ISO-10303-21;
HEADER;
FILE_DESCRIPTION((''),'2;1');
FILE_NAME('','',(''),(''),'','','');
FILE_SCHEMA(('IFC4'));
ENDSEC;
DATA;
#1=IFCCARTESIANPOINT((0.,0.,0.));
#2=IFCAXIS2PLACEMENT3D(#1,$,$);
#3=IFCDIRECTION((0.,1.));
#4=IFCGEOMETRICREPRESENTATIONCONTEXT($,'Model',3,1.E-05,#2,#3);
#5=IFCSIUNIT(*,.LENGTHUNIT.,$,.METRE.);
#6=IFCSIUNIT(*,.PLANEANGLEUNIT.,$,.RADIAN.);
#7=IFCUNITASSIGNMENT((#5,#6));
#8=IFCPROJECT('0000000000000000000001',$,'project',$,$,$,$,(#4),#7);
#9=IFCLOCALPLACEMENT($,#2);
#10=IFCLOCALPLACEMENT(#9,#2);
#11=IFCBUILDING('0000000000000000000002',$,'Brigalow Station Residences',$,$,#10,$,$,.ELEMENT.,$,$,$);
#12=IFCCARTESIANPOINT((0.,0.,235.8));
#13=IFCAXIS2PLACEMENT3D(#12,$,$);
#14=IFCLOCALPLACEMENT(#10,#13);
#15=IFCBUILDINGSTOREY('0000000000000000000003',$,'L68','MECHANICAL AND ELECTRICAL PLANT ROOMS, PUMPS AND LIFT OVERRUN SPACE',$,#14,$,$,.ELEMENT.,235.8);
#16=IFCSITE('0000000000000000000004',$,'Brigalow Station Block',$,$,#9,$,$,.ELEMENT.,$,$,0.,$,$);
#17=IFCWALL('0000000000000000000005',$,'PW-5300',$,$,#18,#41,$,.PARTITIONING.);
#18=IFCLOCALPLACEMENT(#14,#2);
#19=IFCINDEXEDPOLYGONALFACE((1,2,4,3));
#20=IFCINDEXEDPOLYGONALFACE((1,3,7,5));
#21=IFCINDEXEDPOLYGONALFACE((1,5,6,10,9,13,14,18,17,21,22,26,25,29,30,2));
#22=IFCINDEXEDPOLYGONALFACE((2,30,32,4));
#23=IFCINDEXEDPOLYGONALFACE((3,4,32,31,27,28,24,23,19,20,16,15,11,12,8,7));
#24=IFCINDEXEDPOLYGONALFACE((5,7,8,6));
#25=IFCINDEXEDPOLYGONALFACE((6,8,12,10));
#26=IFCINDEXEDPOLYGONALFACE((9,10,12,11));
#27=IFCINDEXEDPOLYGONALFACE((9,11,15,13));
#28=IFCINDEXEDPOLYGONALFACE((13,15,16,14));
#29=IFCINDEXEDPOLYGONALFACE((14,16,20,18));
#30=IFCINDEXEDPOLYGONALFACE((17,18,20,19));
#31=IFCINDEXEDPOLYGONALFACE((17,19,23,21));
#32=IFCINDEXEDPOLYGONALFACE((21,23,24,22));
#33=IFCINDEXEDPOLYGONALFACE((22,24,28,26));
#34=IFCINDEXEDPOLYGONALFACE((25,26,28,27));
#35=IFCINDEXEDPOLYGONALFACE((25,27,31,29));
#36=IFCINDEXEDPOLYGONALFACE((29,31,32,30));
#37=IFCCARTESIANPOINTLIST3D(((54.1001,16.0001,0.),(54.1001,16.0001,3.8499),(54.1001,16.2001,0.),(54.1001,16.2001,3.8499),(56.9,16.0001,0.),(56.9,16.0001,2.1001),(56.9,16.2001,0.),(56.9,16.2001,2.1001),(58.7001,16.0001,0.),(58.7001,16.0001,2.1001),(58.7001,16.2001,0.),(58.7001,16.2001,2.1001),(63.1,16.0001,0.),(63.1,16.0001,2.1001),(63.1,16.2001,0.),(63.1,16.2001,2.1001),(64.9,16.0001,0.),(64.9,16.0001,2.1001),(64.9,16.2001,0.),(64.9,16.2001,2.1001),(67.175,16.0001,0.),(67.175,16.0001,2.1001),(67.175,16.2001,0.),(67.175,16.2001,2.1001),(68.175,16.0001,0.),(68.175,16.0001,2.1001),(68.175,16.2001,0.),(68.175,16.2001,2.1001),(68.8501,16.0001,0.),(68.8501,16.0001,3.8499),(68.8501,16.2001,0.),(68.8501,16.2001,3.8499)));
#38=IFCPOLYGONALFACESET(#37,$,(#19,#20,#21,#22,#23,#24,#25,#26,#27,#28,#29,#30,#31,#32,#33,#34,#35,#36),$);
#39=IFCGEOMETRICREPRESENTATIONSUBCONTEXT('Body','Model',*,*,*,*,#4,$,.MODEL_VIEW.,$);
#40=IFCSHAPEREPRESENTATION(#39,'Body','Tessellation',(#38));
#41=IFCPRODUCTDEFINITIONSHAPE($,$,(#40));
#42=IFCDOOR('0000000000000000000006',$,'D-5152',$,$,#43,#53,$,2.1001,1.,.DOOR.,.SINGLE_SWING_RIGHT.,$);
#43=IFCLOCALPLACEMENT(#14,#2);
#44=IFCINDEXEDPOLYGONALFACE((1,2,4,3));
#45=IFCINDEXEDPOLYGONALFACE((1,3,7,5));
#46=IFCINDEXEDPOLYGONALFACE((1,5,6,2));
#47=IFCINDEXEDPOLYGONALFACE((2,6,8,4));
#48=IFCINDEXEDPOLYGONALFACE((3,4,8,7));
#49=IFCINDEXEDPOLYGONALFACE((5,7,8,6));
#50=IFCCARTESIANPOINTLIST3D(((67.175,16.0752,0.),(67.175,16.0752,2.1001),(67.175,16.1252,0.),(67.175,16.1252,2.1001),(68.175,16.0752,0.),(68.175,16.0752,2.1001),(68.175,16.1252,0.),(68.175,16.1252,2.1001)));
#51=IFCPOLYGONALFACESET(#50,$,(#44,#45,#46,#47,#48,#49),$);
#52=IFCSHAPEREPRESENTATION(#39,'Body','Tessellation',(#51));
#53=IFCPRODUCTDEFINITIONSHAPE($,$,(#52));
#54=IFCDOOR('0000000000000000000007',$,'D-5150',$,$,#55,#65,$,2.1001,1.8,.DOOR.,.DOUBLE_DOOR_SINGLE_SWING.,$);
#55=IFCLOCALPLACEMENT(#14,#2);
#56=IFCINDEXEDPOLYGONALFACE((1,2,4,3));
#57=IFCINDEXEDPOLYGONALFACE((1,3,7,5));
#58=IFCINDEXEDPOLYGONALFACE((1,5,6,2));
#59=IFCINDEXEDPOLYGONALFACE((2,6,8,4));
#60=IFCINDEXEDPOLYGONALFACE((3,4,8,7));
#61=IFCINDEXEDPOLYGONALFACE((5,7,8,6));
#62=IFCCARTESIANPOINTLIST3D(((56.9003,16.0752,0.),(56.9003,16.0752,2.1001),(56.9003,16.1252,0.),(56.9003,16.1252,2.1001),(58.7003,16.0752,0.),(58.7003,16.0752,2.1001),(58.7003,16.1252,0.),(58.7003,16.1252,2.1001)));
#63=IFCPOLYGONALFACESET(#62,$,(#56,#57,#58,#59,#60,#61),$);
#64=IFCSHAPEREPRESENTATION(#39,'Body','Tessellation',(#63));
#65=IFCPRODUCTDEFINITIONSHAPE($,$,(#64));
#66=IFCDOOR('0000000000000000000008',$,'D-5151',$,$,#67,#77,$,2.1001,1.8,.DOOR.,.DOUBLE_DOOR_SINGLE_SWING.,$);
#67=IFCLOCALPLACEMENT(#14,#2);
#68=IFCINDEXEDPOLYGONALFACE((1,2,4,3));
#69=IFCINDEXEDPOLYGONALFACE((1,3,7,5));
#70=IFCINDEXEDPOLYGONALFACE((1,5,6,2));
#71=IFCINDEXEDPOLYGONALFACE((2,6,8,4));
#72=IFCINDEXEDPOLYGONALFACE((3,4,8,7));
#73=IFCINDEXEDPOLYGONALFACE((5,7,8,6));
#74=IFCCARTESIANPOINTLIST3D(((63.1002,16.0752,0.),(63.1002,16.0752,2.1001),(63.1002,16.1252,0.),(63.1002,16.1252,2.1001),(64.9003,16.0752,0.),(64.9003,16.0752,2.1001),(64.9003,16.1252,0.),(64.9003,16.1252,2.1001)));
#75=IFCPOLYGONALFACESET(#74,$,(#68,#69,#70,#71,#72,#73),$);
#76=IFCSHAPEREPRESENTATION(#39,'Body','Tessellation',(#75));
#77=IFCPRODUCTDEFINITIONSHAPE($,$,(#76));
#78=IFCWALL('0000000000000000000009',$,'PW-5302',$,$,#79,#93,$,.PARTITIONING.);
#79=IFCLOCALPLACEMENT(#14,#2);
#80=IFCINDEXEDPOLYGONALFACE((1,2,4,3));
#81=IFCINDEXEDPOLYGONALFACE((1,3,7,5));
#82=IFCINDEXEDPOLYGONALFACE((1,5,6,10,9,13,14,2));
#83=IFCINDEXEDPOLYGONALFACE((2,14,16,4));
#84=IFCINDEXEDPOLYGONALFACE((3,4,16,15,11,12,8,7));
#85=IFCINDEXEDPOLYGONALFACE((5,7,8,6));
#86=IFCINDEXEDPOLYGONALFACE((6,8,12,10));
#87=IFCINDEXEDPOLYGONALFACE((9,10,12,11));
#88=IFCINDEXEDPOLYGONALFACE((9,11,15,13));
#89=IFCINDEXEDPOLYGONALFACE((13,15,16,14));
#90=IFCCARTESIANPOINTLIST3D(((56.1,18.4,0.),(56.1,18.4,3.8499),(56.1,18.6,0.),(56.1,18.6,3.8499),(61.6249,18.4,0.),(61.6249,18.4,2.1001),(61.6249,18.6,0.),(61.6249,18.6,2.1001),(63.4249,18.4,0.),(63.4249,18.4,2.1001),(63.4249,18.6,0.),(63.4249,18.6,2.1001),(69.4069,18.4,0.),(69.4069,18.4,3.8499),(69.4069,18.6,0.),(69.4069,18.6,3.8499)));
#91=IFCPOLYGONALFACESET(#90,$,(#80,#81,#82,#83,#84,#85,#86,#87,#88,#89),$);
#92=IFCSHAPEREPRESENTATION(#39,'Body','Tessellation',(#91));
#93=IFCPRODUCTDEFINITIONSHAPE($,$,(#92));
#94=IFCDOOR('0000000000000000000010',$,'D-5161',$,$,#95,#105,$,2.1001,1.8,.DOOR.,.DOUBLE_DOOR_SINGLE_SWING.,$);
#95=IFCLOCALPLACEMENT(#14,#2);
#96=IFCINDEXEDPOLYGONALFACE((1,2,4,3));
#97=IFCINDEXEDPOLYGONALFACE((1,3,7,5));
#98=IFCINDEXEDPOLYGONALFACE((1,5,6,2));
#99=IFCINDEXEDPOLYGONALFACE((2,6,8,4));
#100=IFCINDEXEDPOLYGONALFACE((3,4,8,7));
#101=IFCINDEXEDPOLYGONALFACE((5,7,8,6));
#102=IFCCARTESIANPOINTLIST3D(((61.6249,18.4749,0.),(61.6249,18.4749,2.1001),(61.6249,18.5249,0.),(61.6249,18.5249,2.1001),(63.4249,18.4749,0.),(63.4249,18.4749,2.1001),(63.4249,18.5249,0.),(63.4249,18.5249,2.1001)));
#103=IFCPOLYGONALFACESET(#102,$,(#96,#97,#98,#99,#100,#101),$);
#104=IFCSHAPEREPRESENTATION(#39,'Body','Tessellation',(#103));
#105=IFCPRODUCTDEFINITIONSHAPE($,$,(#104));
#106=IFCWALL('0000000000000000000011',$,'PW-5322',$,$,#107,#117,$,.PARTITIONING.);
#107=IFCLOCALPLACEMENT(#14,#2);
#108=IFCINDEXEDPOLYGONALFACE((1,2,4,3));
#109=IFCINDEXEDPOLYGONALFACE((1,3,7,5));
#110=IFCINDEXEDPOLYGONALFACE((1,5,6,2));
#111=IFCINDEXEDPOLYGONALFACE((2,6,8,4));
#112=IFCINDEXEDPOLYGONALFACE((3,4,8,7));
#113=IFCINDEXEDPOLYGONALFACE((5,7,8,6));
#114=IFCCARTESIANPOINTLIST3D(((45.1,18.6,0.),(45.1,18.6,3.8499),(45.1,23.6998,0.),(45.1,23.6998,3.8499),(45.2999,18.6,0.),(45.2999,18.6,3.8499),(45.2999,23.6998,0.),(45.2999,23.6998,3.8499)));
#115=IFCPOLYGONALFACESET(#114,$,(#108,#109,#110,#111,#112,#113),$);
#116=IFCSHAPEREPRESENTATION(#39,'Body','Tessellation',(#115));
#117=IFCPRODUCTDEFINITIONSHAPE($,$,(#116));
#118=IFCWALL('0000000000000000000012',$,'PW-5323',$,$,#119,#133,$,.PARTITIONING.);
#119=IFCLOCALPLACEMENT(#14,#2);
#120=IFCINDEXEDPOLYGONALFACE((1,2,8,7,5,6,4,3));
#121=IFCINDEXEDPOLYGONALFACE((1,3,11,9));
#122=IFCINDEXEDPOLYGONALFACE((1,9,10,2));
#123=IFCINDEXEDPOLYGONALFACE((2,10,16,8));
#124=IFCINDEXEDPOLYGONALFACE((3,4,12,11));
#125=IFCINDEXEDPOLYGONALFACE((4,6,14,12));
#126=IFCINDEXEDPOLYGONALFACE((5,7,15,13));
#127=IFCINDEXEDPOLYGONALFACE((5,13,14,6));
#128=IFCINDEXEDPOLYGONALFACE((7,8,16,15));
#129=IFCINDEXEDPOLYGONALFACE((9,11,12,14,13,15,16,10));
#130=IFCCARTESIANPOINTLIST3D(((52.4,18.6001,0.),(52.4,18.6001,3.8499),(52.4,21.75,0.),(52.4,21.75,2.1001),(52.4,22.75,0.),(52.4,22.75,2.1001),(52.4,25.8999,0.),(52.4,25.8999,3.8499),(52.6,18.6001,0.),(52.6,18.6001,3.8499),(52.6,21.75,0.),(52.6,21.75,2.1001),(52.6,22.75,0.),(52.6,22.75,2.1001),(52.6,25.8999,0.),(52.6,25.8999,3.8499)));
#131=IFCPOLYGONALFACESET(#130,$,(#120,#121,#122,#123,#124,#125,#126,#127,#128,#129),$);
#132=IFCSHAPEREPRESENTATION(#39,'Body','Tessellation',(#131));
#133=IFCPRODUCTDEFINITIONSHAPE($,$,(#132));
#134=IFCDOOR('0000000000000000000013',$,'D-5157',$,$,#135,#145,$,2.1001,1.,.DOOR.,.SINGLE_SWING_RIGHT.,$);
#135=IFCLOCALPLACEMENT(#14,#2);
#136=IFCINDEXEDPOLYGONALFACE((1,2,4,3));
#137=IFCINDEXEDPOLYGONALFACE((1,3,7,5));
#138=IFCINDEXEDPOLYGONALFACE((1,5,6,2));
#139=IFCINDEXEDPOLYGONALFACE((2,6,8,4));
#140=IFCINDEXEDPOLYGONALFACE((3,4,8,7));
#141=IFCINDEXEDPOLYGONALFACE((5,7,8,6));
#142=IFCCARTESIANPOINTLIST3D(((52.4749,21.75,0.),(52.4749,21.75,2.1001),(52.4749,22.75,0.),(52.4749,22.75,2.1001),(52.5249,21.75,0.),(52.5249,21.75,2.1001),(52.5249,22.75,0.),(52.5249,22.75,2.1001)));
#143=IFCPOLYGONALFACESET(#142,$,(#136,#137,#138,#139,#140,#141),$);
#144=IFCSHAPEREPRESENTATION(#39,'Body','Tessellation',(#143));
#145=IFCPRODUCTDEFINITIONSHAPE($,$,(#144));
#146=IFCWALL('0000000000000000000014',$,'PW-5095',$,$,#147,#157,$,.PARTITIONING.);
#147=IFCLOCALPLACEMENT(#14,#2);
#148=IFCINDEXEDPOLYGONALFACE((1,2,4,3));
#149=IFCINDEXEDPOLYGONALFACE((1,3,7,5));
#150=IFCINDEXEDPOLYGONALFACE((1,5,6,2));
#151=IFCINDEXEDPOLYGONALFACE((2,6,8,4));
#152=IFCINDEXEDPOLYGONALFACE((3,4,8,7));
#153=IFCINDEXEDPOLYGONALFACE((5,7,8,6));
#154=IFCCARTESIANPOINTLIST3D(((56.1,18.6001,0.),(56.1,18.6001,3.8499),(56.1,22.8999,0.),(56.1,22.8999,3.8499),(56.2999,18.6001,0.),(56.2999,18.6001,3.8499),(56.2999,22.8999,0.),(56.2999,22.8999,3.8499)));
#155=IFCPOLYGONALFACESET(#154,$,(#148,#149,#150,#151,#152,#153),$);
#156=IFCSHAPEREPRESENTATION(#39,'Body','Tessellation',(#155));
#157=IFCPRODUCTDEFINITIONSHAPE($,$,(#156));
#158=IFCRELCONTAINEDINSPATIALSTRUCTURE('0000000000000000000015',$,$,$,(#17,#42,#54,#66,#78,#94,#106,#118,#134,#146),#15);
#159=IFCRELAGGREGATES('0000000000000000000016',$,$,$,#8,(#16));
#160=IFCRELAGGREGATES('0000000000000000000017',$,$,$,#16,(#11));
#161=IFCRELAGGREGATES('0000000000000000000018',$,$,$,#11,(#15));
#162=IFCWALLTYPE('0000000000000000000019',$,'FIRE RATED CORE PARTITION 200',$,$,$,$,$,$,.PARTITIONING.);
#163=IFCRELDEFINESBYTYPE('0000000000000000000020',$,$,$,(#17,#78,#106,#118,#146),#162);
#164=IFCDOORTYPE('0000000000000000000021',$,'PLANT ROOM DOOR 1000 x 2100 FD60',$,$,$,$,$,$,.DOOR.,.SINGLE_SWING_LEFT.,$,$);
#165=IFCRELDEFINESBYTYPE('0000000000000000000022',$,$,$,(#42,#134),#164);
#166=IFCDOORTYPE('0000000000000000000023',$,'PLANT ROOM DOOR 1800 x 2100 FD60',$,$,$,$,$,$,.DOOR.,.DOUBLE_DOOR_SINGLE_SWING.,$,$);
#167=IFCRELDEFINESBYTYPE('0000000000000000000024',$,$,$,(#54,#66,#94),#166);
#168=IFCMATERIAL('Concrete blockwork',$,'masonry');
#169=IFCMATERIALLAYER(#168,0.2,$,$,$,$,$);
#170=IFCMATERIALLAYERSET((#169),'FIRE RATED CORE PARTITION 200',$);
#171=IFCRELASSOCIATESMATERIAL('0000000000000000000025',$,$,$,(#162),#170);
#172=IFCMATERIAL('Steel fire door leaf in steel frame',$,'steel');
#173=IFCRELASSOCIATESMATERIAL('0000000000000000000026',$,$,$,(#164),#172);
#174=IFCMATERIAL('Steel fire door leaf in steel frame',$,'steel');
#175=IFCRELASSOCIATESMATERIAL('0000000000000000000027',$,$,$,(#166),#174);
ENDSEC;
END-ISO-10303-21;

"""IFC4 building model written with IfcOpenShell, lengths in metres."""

from ifc_helpers import new_model, si_unit, direction, frame, frame_2d, origin, place, context, subcontext, project, spatial, rectangle, extrude, material, layer, layer_set, type_object, element, fill, save


model = new_model("IFC4")

# Units and contexts
model_context = context("Model", 3, precision=1e-05, world=origin(), true_north=direction((0.0, 1.0)))
body_context = subcontext(model_context, "Body", "Model", "MODEL_VIEW")
ifc_project = project(units=[si_unit("LENGTHUNIT", "METRE"), si_unit("PLANEANGLEUNIT", "RADIAN")], contexts=[model_context])

# Site, building, storey
site_placement = place(None, origin())
site = spatial("IfcSite", under=ifc_project, at=site_placement, Name="Brigalow Station Block", CompositionType="ELEMENT", RefElevation=0.0)
building_placement = place(site_placement, origin())
building = spatial("IfcBuilding", under=site, at=building_placement, Name="Brigalow Station Residences", CompositionType="ELEMENT")
storey_placement = place(building_placement, frame((0.0, 0.0, 235.8)))
storey = spatial("IfcBuildingStorey", under=building, at=storey_placement, Name="L68", Description="MECHANICAL AND ELECTRICAL PLANT ROOMS, PUMPS AND LIFT OVERRUN SPACE", CompositionType="ELEMENT", Elevation=235.8)

# Shared definitions
ifc_material_1 = material(Name="Concrete blockwork", Category="masonry")
ifc_layer_1 = layer(ifc_material_1, 0.2)
ifc_layer_set_1 = layer_set([ifc_layer_1], Name="FIRE RATED CORE PARTITION 200")
wall_type_1 = type_object("IfcWallType", Name="FIRE RATED CORE PARTITION 200", PredefinedType="PARTITIONING", material=ifc_layer_set_1)

# Wall, openings, doors
wall_1_placement = place(storey_placement, frame((54.1001, 16.1001, 0.0), z_axis=(0.0, 0.0, 1.0), x_axis=(1.0, 0.0, 0.0)))
wall_1 = element("IfcWall", 1, at=wall_1_placement, inside=storey, type_object=wall_type_1, Name="PW-5300", PredefinedType="PARTITIONING", context=body_context, shape_type="SweptSolid", body=[
    extrude(rectangle(XDim=14.75, YDim=0.2, at=frame_2d((7.375, 0.0))), origin(), (0.0, 0.0, 1.0), 3.8499),
])
opening_1_placement = place(wall_1_placement, frame((2.8, 0.0, 0.0)))
opening_1 = element("IfcOpeningElement", 2, at=opening_1_placement, cuts=wall_1, PredefinedType="OPENING", context=body_context, shape_type="SweptSolid", body=[
    extrude(rectangle(XDim=1.8, YDim=2.1001, at=frame_2d((0.8999, 1.05))), frame((0.0, 0.1099, 0.0), z_axis=(0.0, -1.0, 0.0), x_axis=(1.0, 0.0, 0.0)), (0.0, 0.0, 1.0), 0.22),
])
opening_2_placement = place(wall_1_placement, frame((9.0, 0.0, 0.0)))
opening_2 = element("IfcOpeningElement", 3, at=opening_2_placement, cuts=wall_1, PredefinedType="OPENING", context=body_context, shape_type="SweptSolid", body=[
    extrude(rectangle(XDim=1.8, YDim=2.1001, at=frame_2d((0.8999, 1.05))), frame((0.0, 0.1099, 0.0), z_axis=(0.0, -1.0, 0.0), x_axis=(1.0, 0.0, 0.0)), (0.0, 0.0, 1.0), 0.22),
])
opening_3_placement = place(wall_1_placement, frame((13.075, 0.0, 0.0)))
opening_3 = element("IfcOpeningElement", 4, at=opening_3_placement, cuts=wall_1, PredefinedType="OPENING", context=body_context, shape_type="SweptSolid", body=[
    extrude(rectangle(XDim=1.0, YDim=2.1001, at=frame_2d((0.5, 1.05))), frame((0.0, 0.1099, 0.0), z_axis=(0.0, -1.0, 0.0), x_axis=(1.0, 0.0, 0.0)), (0.0, 0.0, 1.0), 0.22),
])
ifc_material_2 = material(Name="Steel fire door leaf in steel frame", Category="steel")
door_type_1 = type_object("IfcDoorType", Name="PLANT ROOM DOOR 1000 x 2100 FD60", OperationType="SINGLE_SWING_LEFT", PredefinedType="DOOR", material=ifc_material_2)
door_1_placement = place(opening_3_placement, frame((1.0, 0.0, 0.0), z_axis=(0.0, 0.0, 1.0), x_axis=(-1.0, 0.0, 0.0)))
door_1 = element("IfcDoor", 5, at=door_1_placement, inside=storey, type_object=door_type_1, Name="D-5152", OperationType="SINGLE_SWING_RIGHT", OverallHeight=2.1001, OverallWidth=1.0, PredefinedType="DOOR", context=body_context, shape_type="SweptSolid", body=[
    extrude(rectangle(XDim=1.0, YDim=2.1001, at=frame_2d((0.5, 1.05))), frame((0.0, 0.0249, 0.0), z_axis=(0.0, -1.0, 0.0), x_axis=(1.0, 0.0, 0.0)), (0.0, 0.0, 1.0), 0.05),
])
fill(opening_3, door_1)
ifc_material_3 = material(Name="Steel fire door leaf in steel frame", Category="steel")
door_type_2 = type_object("IfcDoorType", Name="PLANT ROOM DOOR 1800 x 2100 FD60", OperationType="DOUBLE_DOOR_SINGLE_SWING", PredefinedType="DOOR", material=ifc_material_3)
door_2_placement = place(opening_1_placement, frame((1.8, 0.0, 0.0), z_axis=(0.0, 0.0, 1.0), x_axis=(-1.0, 0.0, 0.0)))
door_2 = element("IfcDoor", 6, at=door_2_placement, inside=storey, type_object=door_type_2, Name="D-5150", OperationType="DOUBLE_DOOR_SINGLE_SWING", OverallHeight=2.1001, OverallWidth=1.8, PredefinedType="DOOR", context=body_context, shape_type="SweptSolid", body=[
    extrude(rectangle(XDim=1.8, YDim=2.1001, at=frame_2d((0.8999, 1.05))), frame((0.0, 0.0249, 0.0), z_axis=(0.0, -1.0, 0.0), x_axis=(1.0, 0.0, 0.0)), (0.0, 0.0, 1.0), 0.05),
])
fill(opening_1, door_2)
door_3_placement = place(opening_2_placement, frame((1.8, 0.0, 0.0), z_axis=(0.0, 0.0, 1.0), x_axis=(-1.0, 0.0, 0.0)))
door_3 = element("IfcDoor", 7, at=door_3_placement, inside=storey, type_object=door_type_2, Name="D-5151", OperationType="DOUBLE_DOOR_SINGLE_SWING", OverallHeight=2.1001, OverallWidth=1.8, PredefinedType="DOOR", context=body_context, shape_type="SweptSolid", body=[
    extrude(rectangle(XDim=1.8, YDim=2.1001, at=frame_2d((0.8999, 1.05))), frame((0.0, 0.0249, 0.0), z_axis=(0.0, -1.0, 0.0), x_axis=(1.0, 0.0, 0.0)), (0.0, 0.0, 1.0), 0.05),
])
fill(opening_2, door_3)

# Wall, opening, door
wall_2_placement = place(storey_placement, frame((56.1001, 18.5, 0.0), z_axis=(0.0, 0.0, 1.0), x_axis=(1.0, 0.0, 0.0)))
wall_2 = element("IfcWall", 8, at=wall_2_placement, inside=storey, type_object=wall_type_1, Name="PW-5302", PredefinedType="PARTITIONING", context=body_context, shape_type="SweptSolid", body=[
    extrude(rectangle(XDim=13.3069, YDim=0.2, at=frame_2d((6.6533, 0.0))), origin(), (0.0, 0.0, 1.0), 3.8499),
])
opening_4_placement = place(wall_2_placement, frame((5.5249, 0.0, 0.0)))
opening_4 = element("IfcOpeningElement", 9, at=opening_4_placement, cuts=wall_2, PredefinedType="OPENING", context=body_context, shape_type="SweptSolid", body=[
    extrude(rectangle(XDim=1.8, YDim=2.1001, at=frame_2d((0.8999, 1.05))), frame((0.0, 0.1099, 0.0), z_axis=(0.0, -1.0, 0.0), x_axis=(1.0, 0.0, 0.0)), (0.0, 0.0, 1.0), 0.22),
])
door_4_placement = place(opening_4_placement, origin())
door_4 = element("IfcDoor", 10, at=door_4_placement, inside=storey, type_object=door_type_2, Name="D-5161", OperationType="DOUBLE_DOOR_SINGLE_SWING", OverallHeight=2.1001, OverallWidth=1.8, PredefinedType="DOOR", context=body_context, shape_type="SweptSolid", body=[
    extrude(rectangle(XDim=1.8, YDim=2.1001, at=frame_2d((0.8999, 1.05))), frame((0.0, 0.0249, 0.0), z_axis=(0.0, -1.0, 0.0), x_axis=(1.0, 0.0, 0.0)), (0.0, 0.0, 1.0), 0.05),
])
fill(opening_4, door_4)

# Wall
wall_3_placement = place(storey_placement, frame((45.2, 18.6001, 0.0), z_axis=(0.0, 0.0, 1.0), x_axis=(0.0, 1.0, 0.0)))
element("IfcWall", 11, at=wall_3_placement, inside=storey, type_object=wall_type_1, Name="PW-5322", PredefinedType="PARTITIONING", context=body_context, shape_type="SweptSolid", body=[
    extrude(rectangle(XDim=5.0999, YDim=0.2, at=frame_2d((2.5498, 0.0))), origin(), (0.0, 0.0, 1.0), 3.8499),
])

# Wall, opening, door
wall_4_placement = place(storey_placement, frame((52.5, 18.6001, 0.0), z_axis=(0.0, 0.0, 1.0), x_axis=(0.0, 1.0, 0.0)))
wall_4 = element("IfcWall", 12, at=wall_4_placement, inside=storey, type_object=wall_type_1, Name="PW-5323", PredefinedType="PARTITIONING", context=body_context, shape_type="SweptSolid", body=[
    extrude(rectangle(XDim=7.2998, YDim=0.2, at=frame_2d((3.6499, 0.0))), origin(), (0.0, 0.0, 1.0), 3.8499),
])
opening_5_placement = place(wall_4_placement, frame((3.1499, 0.0, 0.0)))
opening_5 = element("IfcOpeningElement", 13, at=opening_5_placement, cuts=wall_4, PredefinedType="OPENING", context=body_context, shape_type="SweptSolid", body=[
    extrude(rectangle(XDim=1.0, YDim=2.1001, at=frame_2d((0.5, 1.05))), frame((0.0, 0.1099, 0.0), z_axis=(0.0, -1.0, 0.0), x_axis=(1.0, 0.0, 0.0)), (0.0, 0.0, 1.0), 0.22),
])
door_5_placement = place(opening_5_placement, frame((1.0, 0.0, 0.0), z_axis=(0.0, 0.0, 1.0), x_axis=(-1.0, 0.0, 0.0)))
door_5 = element("IfcDoor", 14, at=door_5_placement, inside=storey, type_object=door_type_1, Name="D-5157", OperationType="SINGLE_SWING_RIGHT", OverallHeight=2.1001, OverallWidth=1.0, PredefinedType="DOOR", context=body_context, shape_type="SweptSolid", body=[
    extrude(rectangle(XDim=1.0, YDim=2.1001, at=frame_2d((0.5, 1.05))), frame((0.0, 0.0249, 0.0), z_axis=(0.0, -1.0, 0.0), x_axis=(1.0, 0.0, 0.0)), (0.0, 0.0, 1.0), 0.05),
])
fill(opening_5, door_5)

# Wall
wall_5_placement = place(storey_placement, frame((56.2, 18.6001, 0.0), z_axis=(0.0, 0.0, 1.0), x_axis=(0.0, 1.0, 0.0)))
element("IfcWall", 15, at=wall_5_placement, inside=storey, type_object=wall_type_1, Name="PW-5095", PredefinedType="PARTITIONING", context=body_context, shape_type="SweptSolid", body=[
    extrude(rectangle(XDim=4.2998, YDim=0.2, at=frame_2d((2.1499, 0.0))), origin(), (0.0, 0.0, 1.0), 3.8499),
])

save(model, "model.ifc")
